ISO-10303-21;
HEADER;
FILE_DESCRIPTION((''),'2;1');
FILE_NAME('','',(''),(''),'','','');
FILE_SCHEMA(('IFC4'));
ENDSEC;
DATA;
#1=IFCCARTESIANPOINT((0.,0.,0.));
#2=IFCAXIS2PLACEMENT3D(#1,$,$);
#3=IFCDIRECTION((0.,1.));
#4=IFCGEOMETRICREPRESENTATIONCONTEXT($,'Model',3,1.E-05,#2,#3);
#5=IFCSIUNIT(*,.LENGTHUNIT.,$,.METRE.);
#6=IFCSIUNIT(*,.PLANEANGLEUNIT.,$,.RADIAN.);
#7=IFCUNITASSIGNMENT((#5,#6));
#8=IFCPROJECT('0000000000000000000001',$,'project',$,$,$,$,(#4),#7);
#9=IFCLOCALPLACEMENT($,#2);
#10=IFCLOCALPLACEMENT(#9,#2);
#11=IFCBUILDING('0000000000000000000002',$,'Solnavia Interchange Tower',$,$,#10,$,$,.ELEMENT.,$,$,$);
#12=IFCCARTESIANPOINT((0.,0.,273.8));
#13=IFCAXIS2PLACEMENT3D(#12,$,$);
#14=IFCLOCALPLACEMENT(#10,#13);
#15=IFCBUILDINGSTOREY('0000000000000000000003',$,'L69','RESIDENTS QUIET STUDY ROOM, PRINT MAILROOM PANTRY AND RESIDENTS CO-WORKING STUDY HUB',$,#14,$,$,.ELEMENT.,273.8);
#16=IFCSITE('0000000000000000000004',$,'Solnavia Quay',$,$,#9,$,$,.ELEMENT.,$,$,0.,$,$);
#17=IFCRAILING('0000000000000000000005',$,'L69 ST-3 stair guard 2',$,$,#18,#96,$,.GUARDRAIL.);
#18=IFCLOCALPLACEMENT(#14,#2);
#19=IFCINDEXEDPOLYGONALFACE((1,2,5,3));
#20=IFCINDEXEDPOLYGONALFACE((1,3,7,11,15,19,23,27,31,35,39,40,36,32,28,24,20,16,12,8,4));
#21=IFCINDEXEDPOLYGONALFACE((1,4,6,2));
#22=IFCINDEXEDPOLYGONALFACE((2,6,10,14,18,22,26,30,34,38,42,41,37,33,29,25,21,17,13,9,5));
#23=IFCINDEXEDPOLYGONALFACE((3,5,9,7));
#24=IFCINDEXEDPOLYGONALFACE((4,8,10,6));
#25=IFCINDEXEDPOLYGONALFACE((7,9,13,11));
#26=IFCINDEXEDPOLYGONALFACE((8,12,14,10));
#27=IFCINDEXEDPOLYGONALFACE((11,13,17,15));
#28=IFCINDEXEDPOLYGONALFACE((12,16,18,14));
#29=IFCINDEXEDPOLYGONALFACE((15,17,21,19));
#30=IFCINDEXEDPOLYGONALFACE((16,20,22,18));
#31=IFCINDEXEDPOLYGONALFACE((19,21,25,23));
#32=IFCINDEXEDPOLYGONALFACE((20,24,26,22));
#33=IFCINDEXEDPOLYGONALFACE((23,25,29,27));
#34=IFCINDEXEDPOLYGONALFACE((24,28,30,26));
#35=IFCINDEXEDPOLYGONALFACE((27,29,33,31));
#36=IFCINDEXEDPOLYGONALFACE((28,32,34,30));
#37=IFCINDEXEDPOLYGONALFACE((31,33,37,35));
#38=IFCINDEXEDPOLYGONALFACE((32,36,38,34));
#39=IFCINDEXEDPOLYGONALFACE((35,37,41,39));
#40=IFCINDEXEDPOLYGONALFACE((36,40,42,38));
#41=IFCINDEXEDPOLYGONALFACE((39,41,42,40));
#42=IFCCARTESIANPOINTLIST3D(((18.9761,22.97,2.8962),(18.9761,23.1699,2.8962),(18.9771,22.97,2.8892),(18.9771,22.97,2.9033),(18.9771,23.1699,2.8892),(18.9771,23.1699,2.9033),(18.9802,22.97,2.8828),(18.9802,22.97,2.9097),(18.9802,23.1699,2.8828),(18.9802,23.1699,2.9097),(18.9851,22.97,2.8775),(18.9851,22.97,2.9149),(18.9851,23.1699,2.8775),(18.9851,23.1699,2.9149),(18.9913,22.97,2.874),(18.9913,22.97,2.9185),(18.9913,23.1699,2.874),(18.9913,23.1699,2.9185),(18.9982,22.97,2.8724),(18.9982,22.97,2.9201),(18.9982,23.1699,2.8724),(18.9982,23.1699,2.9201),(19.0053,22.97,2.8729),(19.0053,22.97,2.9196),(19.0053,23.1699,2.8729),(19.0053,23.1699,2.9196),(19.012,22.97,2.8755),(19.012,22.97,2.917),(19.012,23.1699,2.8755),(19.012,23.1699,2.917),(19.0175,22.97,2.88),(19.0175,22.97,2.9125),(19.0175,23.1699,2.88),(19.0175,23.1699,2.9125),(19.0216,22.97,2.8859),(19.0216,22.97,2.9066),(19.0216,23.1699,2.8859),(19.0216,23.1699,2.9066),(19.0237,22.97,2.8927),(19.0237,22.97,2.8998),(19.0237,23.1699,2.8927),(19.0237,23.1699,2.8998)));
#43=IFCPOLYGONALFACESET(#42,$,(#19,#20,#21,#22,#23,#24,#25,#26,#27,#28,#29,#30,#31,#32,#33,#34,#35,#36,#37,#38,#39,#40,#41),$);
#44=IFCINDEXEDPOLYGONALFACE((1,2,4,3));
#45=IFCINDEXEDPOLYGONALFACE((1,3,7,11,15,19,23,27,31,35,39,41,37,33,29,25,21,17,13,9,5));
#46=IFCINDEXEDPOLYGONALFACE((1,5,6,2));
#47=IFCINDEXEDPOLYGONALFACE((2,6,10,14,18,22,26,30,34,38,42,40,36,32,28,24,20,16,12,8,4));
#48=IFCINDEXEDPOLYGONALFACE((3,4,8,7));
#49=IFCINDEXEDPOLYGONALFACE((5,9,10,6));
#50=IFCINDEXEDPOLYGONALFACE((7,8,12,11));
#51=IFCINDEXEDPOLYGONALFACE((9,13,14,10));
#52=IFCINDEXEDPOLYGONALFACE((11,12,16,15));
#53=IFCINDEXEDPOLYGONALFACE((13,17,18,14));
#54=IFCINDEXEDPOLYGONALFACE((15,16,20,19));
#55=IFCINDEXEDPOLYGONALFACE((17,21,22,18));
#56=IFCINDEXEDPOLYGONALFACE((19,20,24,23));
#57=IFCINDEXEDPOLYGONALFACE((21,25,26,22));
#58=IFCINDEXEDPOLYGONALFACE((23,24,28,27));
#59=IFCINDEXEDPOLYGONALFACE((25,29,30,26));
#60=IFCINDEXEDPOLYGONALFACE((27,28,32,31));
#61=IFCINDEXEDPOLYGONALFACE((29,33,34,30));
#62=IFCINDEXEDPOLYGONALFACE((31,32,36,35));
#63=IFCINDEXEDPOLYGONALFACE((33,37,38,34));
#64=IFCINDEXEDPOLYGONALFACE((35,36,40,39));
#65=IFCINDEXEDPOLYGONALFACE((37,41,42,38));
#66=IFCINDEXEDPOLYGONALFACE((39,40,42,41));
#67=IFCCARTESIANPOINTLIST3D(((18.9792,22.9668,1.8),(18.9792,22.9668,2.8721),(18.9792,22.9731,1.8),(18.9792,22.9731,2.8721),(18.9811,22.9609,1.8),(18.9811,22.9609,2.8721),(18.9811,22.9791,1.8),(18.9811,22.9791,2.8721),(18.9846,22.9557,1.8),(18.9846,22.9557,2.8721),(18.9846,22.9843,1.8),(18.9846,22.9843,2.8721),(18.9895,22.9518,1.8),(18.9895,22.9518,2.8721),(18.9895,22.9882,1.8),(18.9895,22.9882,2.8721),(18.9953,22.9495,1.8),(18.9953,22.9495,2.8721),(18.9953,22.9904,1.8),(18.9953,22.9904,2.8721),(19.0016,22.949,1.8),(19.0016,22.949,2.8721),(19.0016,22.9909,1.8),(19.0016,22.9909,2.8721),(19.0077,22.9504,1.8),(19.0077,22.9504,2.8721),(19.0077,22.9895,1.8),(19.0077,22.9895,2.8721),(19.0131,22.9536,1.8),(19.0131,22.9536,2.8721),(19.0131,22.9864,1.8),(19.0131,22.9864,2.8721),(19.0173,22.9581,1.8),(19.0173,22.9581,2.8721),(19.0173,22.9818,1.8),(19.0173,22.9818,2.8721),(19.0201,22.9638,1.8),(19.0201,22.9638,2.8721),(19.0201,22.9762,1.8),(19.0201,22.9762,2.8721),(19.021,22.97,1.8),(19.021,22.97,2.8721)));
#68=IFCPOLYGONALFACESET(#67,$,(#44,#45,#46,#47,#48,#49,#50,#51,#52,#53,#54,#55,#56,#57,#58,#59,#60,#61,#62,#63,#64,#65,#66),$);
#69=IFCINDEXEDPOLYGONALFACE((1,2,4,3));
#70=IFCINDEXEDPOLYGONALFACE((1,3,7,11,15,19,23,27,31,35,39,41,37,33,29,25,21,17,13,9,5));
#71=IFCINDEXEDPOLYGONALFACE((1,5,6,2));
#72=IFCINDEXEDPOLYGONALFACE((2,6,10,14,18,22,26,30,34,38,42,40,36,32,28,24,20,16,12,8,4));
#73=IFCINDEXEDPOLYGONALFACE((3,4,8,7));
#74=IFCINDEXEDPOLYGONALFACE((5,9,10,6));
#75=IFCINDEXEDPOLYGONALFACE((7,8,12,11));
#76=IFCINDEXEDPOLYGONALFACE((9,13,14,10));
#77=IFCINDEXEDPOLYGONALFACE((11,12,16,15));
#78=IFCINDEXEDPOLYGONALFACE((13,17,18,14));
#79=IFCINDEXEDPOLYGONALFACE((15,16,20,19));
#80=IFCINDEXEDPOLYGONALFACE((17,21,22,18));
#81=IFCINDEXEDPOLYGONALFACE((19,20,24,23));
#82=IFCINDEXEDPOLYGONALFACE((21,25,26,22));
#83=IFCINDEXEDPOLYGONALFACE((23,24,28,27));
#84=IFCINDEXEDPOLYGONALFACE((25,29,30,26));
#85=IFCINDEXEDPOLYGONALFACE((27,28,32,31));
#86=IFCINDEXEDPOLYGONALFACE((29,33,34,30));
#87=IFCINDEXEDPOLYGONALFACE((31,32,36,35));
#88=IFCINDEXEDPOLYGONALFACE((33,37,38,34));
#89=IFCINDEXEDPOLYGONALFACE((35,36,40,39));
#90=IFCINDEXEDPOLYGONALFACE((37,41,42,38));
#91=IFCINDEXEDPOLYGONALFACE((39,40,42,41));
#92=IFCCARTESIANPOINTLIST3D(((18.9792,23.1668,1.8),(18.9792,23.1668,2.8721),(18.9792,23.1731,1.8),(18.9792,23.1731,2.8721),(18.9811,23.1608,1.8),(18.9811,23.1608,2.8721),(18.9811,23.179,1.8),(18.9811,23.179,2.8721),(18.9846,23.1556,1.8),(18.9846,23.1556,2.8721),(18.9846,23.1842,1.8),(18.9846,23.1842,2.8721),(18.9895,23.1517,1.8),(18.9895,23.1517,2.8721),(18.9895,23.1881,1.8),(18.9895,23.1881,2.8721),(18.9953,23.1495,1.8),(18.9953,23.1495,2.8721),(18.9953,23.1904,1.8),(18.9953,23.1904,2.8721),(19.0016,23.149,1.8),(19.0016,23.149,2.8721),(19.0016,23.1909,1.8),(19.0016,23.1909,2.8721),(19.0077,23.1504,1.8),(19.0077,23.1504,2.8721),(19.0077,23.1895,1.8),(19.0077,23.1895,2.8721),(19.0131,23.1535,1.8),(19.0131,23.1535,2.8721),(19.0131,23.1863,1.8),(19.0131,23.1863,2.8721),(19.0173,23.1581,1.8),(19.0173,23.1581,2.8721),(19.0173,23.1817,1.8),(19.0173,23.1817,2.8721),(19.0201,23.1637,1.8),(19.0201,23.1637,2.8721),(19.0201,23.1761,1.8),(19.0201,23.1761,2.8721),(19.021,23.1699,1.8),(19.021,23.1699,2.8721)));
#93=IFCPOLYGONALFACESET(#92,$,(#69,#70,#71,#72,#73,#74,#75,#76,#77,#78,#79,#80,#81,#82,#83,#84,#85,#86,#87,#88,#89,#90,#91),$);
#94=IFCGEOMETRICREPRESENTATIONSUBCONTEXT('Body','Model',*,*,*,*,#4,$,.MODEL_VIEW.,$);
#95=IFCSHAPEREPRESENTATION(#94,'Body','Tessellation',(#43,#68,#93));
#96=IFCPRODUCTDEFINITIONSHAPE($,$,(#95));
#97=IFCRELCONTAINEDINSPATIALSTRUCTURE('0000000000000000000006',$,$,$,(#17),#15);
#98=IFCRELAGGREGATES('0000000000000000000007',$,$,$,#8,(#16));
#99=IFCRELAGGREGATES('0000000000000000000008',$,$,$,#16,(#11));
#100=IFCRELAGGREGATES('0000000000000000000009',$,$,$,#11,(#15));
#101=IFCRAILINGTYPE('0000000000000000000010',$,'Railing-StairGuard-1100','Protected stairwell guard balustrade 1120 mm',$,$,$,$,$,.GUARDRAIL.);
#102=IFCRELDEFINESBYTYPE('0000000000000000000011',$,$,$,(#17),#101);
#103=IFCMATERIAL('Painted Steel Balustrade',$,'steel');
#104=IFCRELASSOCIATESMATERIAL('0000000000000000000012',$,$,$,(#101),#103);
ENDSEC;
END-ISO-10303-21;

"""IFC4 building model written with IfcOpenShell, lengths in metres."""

from ifc_helpers import new_model, si_unit, direction, frame, origin, origin_2d, place, context, subcontext, project, spatial, circle, extrude, material, type_object, element, save


model = new_model("IFC4")

# Units and contexts
model_context = context("Model", 3, precision=1e-05, world=origin(), true_north=direction((0.0, 1.0)))
body_context = subcontext(model_context, "Body", "Model", "MODEL_VIEW")
ifc_project = project(units=[si_unit("LENGTHUNIT", "METRE"), si_unit("PLANEANGLEUNIT", "RADIAN")], contexts=[model_context])

# Site, building, storey
site_placement = place(None, origin())
site = spatial("IfcSite", under=ifc_project, at=site_placement, Name="Solnavia Quay", CompositionType="ELEMENT", RefElevation=0.0)
building_placement = place(site_placement, origin())
building = spatial("IfcBuilding", under=site, at=building_placement, Name="Solnavia Interchange Tower", CompositionType="ELEMENT")
storey_placement = place(building_placement, frame((0.0, 0.0, 273.8)))
storey = spatial("IfcBuildingStorey", under=building, at=storey_placement, Name="L69", Description="RESIDENTS QUIET STUDY ROOM, PRINT MAILROOM PANTRY AND RESIDENTS CO-WORKING STUDY HUB", CompositionType="ELEMENT", Elevation=273.8)

# Railing
ifc_material_1 = material(Name="Painted Steel Balustrade", Category="steel")
railing_type_1 = type_object("IfcRailingType", Name="Railing-StairGuard-1100", Description="Protected stairwell guard balustrade 1120 mm", PredefinedType="GUARDRAIL", material=ifc_material_1)
railing_1_placement = place(storey_placement, frame((19.0, 22.97, 1.8)))
element("IfcRailing", 1, at=railing_1_placement, inside=storey, type_object=railing_type_1, Name="L69 ST-3 stair guard 2", PredefinedType="GUARDRAIL", context=body_context, shape_type="SweptSolid", body=[
    extrude(circle(Radius=0.0239, at=origin_2d()), frame((0.0, 0.0, 1.0962), z_axis=(0.0, 1.0, 0.0), x_axis=(-1.0, 0.0, 0.0)), (0.0, 0.0, 1.0), 0.2),
    extrude(circle(Radius=0.021, at=origin_2d()), origin(), (0.0, 0.0, 1.0), 1.072),
    extrude(circle(Radius=0.021, at=origin_2d()), frame((0.0, 0.2, 0.0)), (0.0, 0.0, 1.0), 1.072),
])

save(model, "model.ifc")
